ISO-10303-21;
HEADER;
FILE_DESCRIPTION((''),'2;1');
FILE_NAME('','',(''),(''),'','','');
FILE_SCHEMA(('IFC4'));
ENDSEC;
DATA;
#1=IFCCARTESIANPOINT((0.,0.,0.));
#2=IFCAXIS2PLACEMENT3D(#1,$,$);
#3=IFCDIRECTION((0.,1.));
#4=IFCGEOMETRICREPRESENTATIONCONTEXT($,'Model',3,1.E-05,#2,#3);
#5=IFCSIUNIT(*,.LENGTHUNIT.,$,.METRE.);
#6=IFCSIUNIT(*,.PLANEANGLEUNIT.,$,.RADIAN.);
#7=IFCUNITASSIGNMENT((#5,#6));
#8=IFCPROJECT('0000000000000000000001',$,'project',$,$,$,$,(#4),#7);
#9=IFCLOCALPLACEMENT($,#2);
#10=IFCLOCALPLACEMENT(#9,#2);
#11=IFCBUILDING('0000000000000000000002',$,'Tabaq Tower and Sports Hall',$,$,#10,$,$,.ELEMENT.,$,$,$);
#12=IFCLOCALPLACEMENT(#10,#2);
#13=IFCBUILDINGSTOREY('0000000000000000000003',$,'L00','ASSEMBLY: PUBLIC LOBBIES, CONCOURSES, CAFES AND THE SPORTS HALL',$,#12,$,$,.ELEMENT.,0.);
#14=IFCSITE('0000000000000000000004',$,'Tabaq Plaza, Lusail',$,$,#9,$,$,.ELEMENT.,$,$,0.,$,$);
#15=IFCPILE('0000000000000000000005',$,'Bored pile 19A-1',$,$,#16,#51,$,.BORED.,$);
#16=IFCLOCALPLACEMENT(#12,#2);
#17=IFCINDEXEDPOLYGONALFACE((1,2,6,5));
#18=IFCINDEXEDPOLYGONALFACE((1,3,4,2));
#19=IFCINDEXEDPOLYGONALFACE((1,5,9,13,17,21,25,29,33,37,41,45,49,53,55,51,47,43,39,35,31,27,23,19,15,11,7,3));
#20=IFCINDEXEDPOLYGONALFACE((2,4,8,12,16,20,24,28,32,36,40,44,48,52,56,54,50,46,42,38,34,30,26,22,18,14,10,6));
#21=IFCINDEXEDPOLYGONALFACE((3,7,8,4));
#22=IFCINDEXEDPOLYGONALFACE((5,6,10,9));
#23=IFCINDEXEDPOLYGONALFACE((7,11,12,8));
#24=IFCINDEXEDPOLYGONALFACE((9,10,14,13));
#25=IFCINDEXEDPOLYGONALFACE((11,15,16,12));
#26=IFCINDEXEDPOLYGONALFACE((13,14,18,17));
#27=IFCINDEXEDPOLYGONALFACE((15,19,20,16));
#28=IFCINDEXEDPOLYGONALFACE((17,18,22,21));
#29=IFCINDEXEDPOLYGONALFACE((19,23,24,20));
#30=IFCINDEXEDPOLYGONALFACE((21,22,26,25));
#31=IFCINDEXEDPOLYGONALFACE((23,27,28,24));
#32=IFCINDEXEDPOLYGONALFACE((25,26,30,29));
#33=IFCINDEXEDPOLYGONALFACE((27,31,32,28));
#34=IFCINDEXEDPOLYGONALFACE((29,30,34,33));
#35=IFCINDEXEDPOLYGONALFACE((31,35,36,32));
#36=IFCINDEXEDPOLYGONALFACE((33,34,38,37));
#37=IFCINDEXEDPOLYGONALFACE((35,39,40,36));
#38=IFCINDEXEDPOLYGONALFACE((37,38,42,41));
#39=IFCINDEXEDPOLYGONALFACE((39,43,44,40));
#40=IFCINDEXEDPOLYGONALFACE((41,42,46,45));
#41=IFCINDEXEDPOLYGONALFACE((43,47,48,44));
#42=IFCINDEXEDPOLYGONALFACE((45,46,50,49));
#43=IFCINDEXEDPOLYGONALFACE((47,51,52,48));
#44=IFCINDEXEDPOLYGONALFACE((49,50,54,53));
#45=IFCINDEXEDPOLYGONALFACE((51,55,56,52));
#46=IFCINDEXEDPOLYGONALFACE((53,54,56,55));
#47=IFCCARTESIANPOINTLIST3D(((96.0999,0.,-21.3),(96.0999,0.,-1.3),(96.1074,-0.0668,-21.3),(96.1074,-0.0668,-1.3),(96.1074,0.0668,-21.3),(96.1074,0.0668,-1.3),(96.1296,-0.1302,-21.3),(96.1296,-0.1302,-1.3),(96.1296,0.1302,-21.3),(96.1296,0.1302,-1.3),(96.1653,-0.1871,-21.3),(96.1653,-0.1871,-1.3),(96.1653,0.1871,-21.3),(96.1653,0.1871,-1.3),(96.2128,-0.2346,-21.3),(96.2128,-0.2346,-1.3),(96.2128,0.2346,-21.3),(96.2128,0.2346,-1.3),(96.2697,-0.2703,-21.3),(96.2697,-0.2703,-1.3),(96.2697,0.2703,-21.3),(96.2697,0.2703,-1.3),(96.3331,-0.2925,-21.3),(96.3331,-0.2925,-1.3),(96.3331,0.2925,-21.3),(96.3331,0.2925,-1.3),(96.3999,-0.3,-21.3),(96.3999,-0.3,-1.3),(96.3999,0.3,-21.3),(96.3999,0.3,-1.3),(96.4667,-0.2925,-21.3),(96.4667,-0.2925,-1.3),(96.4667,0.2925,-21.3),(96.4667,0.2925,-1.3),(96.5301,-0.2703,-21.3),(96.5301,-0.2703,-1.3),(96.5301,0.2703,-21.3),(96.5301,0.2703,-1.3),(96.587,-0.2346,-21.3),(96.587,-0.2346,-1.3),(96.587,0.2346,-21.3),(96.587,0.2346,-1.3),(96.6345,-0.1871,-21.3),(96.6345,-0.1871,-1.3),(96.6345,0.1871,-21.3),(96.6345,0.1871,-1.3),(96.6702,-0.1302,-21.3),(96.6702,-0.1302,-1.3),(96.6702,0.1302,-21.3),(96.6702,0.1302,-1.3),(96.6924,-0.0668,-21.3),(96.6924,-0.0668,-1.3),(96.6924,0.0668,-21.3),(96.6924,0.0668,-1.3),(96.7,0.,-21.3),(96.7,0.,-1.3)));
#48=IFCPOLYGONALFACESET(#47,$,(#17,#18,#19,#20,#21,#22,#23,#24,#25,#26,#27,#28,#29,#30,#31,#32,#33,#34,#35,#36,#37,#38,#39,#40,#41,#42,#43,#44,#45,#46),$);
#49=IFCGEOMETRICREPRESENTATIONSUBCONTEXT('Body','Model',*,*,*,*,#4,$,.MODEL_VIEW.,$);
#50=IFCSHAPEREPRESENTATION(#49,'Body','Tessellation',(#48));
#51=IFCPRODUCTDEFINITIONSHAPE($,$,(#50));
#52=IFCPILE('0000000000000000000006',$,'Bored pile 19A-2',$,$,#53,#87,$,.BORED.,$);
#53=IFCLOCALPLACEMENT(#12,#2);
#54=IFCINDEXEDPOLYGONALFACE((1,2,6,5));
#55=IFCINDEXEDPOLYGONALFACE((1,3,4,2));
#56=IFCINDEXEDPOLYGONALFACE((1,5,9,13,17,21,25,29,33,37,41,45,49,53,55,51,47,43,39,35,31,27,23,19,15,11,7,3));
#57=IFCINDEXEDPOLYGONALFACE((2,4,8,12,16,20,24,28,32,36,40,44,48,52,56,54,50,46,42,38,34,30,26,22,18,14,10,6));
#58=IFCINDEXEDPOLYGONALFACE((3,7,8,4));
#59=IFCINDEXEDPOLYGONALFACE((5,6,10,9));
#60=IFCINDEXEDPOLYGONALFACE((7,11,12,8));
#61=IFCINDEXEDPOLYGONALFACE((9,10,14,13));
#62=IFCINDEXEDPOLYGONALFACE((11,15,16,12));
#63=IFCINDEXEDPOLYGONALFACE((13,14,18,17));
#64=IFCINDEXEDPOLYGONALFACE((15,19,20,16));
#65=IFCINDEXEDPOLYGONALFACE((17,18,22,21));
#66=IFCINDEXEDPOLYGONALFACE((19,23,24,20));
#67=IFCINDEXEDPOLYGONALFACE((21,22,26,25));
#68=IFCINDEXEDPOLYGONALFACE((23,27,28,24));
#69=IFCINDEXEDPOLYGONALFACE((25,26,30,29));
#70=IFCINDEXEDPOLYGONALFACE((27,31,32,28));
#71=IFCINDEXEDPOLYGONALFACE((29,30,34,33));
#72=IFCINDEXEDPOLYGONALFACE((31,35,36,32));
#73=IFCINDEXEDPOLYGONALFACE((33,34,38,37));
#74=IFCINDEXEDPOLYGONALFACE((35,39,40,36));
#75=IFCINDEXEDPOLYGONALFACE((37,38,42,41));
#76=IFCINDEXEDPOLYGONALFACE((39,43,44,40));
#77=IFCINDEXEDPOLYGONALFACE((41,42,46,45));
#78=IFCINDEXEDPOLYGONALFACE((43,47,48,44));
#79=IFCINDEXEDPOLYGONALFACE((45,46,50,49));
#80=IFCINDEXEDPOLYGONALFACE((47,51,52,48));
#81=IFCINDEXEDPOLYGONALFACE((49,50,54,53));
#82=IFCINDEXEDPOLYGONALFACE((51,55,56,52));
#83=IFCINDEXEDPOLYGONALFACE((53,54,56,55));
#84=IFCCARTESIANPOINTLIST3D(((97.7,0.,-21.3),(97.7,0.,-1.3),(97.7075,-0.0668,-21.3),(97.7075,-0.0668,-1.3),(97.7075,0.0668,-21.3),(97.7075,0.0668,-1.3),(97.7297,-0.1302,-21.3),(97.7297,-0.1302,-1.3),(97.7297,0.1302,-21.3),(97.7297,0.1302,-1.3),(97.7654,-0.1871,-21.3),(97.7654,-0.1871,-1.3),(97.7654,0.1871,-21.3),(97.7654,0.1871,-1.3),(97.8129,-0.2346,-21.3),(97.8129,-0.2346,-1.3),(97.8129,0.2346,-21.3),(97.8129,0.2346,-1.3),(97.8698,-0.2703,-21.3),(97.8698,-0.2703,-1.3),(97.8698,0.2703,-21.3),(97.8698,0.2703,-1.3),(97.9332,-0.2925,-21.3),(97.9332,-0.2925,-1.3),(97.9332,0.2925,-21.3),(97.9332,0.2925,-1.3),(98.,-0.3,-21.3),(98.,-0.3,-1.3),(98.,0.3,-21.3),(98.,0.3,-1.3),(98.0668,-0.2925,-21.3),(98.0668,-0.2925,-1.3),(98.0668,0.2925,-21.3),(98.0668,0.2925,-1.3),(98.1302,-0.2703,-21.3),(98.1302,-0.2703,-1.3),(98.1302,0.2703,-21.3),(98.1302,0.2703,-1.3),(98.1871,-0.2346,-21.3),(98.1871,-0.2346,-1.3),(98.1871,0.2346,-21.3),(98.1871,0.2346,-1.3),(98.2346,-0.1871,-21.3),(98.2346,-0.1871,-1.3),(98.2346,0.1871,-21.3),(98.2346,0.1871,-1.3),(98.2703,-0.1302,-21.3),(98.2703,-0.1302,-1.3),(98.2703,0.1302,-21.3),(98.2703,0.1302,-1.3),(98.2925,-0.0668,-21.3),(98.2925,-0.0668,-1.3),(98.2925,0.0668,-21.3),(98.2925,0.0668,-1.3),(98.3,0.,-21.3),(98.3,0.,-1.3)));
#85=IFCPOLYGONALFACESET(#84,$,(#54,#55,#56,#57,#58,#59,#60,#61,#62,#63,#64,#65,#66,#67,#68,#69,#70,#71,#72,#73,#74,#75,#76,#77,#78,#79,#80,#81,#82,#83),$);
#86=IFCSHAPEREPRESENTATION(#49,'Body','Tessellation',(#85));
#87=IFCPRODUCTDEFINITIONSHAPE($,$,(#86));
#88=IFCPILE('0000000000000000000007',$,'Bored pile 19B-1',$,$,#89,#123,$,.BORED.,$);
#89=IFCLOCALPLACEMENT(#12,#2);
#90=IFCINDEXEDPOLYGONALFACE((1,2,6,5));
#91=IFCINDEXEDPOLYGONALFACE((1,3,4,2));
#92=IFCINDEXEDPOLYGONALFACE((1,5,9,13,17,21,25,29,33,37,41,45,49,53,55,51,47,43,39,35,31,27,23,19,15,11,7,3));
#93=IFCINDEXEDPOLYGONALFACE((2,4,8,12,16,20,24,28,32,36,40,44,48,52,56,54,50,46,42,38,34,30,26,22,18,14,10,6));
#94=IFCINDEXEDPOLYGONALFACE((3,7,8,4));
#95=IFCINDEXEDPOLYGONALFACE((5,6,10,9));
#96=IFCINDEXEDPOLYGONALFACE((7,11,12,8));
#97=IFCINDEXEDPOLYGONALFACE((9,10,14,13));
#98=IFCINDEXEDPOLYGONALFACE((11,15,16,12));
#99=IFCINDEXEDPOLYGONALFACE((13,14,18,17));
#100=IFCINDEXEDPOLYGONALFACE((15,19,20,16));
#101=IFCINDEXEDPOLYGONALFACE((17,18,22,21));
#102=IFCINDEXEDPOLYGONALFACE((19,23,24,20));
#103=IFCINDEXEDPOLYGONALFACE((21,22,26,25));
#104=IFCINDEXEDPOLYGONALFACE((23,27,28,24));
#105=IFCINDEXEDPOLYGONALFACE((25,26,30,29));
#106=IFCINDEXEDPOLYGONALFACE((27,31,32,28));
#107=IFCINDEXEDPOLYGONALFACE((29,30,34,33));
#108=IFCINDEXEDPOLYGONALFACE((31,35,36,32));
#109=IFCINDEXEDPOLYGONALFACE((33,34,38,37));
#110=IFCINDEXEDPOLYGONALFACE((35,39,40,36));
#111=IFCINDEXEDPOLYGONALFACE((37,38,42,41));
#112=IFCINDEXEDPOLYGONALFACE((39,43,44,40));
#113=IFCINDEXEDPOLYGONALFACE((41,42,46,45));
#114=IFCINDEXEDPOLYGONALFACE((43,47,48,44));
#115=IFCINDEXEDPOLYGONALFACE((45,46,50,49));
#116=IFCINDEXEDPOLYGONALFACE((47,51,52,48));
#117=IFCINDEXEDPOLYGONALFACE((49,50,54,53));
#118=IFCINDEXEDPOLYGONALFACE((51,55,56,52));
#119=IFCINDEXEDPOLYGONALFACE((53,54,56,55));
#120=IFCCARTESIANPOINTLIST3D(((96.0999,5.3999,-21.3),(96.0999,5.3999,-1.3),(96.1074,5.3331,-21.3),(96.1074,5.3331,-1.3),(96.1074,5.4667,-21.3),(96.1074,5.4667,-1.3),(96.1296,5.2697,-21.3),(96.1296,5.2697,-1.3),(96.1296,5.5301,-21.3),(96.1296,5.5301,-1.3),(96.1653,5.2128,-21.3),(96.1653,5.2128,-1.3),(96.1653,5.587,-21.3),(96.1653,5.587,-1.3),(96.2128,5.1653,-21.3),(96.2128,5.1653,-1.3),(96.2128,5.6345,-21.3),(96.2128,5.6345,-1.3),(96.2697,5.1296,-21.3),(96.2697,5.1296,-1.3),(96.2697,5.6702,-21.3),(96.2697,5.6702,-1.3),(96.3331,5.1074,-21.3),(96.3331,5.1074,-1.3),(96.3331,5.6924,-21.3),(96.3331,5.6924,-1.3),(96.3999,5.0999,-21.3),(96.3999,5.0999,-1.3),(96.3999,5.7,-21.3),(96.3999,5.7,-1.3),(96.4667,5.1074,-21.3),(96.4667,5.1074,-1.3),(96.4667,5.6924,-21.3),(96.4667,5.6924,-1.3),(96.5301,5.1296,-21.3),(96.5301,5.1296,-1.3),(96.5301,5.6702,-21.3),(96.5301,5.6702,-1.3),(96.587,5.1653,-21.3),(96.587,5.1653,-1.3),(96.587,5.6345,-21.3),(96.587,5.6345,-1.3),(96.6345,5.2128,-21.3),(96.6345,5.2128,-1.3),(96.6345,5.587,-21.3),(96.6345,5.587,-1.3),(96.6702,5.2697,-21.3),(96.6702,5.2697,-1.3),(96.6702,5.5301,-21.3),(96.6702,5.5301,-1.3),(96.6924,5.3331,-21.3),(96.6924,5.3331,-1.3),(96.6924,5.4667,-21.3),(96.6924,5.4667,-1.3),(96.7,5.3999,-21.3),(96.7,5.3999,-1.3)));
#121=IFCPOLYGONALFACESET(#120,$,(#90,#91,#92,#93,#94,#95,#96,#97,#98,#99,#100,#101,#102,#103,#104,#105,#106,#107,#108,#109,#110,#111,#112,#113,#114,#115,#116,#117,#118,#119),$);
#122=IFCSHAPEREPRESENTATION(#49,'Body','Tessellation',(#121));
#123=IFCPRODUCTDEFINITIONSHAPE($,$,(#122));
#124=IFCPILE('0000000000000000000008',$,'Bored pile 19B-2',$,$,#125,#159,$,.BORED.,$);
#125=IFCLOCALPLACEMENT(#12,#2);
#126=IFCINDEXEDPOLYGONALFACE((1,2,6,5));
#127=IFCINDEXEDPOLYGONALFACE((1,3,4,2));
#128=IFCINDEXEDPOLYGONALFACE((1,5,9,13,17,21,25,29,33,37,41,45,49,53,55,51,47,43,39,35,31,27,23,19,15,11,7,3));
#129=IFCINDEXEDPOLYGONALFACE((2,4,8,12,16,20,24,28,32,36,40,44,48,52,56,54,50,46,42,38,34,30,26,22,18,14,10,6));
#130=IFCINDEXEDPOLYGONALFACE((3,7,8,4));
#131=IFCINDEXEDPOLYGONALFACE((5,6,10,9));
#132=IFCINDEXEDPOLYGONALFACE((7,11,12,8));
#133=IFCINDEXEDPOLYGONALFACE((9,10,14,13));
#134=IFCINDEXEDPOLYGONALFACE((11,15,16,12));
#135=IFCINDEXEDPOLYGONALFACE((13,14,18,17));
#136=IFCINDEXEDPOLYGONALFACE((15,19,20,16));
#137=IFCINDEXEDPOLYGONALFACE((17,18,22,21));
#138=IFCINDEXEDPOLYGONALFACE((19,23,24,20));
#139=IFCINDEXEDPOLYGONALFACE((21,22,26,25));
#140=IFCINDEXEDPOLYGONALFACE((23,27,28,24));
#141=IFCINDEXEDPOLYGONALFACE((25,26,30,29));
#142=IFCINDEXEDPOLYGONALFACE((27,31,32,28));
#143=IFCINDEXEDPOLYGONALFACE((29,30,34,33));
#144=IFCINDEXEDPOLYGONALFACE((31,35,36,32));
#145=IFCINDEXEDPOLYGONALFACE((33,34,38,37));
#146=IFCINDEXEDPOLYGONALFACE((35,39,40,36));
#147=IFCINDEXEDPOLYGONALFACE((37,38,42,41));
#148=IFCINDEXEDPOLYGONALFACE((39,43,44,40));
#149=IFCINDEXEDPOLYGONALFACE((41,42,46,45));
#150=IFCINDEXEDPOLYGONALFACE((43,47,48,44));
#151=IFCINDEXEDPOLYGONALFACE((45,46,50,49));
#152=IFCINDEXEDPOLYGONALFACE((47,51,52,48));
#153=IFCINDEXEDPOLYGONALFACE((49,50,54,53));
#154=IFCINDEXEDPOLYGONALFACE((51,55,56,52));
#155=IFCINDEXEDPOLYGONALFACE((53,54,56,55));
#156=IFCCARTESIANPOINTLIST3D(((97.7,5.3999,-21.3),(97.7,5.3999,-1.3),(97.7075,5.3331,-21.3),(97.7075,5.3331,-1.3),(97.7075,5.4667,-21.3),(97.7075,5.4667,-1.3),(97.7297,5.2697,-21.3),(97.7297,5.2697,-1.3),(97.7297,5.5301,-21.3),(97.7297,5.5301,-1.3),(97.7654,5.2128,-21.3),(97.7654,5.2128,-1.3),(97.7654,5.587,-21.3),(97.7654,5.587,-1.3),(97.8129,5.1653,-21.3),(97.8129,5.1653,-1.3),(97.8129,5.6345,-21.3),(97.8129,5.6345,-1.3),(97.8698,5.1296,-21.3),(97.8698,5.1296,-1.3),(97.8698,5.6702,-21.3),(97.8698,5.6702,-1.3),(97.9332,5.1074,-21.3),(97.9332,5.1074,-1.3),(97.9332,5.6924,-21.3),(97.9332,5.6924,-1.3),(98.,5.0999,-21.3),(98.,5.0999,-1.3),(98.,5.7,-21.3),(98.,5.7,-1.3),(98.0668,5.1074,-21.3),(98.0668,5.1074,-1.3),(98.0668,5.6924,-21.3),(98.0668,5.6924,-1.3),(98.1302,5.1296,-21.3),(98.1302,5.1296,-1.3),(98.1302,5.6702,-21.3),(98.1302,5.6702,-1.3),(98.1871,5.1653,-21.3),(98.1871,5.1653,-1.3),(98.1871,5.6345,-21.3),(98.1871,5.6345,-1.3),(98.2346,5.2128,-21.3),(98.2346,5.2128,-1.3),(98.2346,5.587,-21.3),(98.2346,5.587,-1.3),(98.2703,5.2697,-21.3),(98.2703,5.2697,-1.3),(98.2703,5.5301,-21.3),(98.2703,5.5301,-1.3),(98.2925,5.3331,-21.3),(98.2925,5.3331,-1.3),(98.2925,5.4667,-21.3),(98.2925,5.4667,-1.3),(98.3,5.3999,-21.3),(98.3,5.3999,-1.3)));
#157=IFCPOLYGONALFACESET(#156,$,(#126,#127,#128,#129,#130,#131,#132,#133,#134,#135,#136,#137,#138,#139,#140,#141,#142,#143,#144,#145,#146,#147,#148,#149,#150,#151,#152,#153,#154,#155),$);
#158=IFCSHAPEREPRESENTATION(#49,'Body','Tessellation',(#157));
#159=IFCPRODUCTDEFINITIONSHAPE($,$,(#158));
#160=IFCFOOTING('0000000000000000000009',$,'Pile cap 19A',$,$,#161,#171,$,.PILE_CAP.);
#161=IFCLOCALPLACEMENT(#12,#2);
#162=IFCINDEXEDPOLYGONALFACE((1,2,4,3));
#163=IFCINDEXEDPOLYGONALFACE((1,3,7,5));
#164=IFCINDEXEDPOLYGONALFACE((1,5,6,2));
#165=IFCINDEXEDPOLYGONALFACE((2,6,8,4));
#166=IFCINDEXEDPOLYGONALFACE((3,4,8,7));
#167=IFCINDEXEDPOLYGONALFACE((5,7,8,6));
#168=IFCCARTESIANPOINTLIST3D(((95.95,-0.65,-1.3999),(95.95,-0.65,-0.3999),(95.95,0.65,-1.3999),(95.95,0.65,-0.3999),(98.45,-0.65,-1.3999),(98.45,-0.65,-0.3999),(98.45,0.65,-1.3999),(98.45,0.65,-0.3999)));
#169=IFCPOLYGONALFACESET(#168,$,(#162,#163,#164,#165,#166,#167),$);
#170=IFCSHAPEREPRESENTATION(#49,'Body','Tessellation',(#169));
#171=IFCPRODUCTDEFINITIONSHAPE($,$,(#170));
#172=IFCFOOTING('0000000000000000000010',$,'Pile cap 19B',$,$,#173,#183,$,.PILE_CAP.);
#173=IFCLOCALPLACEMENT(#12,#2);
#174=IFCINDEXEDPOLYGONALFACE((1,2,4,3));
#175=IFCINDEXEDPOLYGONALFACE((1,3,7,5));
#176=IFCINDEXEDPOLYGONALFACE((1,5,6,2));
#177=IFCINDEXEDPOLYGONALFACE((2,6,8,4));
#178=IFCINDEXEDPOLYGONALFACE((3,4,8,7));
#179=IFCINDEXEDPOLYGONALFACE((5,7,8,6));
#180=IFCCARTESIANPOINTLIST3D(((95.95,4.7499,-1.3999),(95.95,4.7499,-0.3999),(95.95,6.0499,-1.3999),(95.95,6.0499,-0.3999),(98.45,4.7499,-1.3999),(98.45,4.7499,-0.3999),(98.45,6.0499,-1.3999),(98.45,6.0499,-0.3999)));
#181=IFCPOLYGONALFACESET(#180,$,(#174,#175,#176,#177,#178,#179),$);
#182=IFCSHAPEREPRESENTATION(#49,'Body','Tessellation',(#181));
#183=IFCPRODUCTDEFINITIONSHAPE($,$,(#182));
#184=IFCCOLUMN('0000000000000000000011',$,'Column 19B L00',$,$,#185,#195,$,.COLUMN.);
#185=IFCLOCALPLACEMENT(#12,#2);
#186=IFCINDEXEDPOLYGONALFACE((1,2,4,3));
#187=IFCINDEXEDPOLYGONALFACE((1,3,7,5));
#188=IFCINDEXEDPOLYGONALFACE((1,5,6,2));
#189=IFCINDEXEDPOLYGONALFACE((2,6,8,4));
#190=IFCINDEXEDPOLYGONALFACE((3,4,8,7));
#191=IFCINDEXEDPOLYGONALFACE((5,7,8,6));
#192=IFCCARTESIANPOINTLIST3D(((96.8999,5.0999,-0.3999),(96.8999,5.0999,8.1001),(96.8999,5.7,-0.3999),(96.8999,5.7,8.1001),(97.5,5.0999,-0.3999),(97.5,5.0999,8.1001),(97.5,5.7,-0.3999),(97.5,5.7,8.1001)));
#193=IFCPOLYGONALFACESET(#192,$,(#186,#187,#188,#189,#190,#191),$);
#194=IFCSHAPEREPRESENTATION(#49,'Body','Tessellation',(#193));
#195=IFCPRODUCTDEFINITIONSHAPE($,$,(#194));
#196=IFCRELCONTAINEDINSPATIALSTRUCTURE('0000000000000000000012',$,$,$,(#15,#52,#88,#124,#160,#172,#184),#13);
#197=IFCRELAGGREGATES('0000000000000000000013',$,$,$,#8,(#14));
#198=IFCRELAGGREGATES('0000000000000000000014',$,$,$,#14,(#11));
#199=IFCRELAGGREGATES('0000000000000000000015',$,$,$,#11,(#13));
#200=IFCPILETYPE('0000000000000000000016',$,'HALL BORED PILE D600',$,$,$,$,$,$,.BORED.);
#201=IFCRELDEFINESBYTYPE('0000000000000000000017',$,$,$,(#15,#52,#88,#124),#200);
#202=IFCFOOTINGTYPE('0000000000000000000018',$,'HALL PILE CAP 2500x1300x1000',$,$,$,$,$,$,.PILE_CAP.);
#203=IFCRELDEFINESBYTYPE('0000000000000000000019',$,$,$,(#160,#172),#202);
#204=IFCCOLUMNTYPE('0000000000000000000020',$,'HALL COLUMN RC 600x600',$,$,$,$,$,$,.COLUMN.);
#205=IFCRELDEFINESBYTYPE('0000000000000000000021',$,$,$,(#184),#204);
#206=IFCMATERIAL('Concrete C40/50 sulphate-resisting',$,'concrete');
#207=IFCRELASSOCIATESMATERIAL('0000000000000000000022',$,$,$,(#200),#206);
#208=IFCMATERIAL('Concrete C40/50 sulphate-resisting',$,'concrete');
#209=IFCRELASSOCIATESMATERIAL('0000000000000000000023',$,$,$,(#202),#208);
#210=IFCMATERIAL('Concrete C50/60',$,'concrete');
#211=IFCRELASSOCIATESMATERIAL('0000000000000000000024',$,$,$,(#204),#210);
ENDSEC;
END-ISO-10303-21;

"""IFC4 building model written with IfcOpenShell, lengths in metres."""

from ifc_helpers import new_model, si_unit, direction, frame, origin, origin_2d, place, context, subcontext, project, spatial, rectangle, circle, extrude, material, material_profile, profile_set, type_object, element, save


model = new_model("IFC4")

# Units and contexts
model_context = context("Model", 3, precision=1e-05, world=origin(), true_north=direction((0.0, 1.0)))
body_context = subcontext(model_context, "Body", "Model", "MODEL_VIEW")
ifc_project = project(units=[si_unit("LENGTHUNIT", "METRE"), si_unit("PLANEANGLEUNIT", "RADIAN")], contexts=[model_context])

# Site, building, storey
site_placement = place(None, origin())
site = spatial("IfcSite", under=ifc_project, at=site_placement, Name="Tabaq Plaza, Lusail", CompositionType="ELEMENT", RefElevation=0.0)
building_placement = place(site_placement, origin())
building = spatial("IfcBuilding", under=site, at=building_placement, Name="Tabaq Tower and Sports Hall", CompositionType="ELEMENT")
storey_placement = place(building_placement, origin())
storey = spatial("IfcBuildingStorey", under=building, at=storey_placement, Name="L00", Description="ASSEMBLY: PUBLIC LOBBIES, CONCOURSES, CAFES AND THE SPORTS HALL", CompositionType="ELEMENT", Elevation=0.0)

# Piles
ifc_material_1 = material(Name="Concrete C40/50 sulphate-resisting", Category="concrete")
ifc_material_profile_1 = material_profile(ifc_material_1, circle(Radius=0.3, at=origin_2d()), Name="D600")
ifc_profile_set_1 = profile_set([ifc_material_profile_1], Name="Concrete C40/50 sulphate-resisting")
pile_type = type_object("IfcPileType", Name="HALL BORED PILE D600", PredefinedType="BORED", material=ifc_profile_set_1)
for number, where, z_axis, x_axis, name in (
    (1, (96.3999, 0.0, -1.3), (0.0, 0.0, -1.0), (1.0, 0.0, 0.0), "Bored pile 19A-1"),
    (2, (98.0, 0.0, -1.3), (0.0, 0.0, -1.0), (1.0, 0.0, 0.0), "Bored pile 19A-2"),
    (3, (96.3999, 5.3999, -1.3), (0.0, 0.0, -1.0), (1.0, 0.0, 0.0), "Bored pile 19B-1"),
    (4, (98.0, 5.3999, -1.3), (0.0, 0.0, -1.0), (1.0, 0.0, 0.0), "Bored pile 19B-2"),
):
    element("IfcPile", number, at=place(storey_placement, frame(where, z_axis=z_axis, x_axis=x_axis)), inside=storey, type_object=pile_type, Name=name, PredefinedType="BORED", context=body_context, shape_type="SweptSolid", body=[
        extrude(circle(Radius=0.3, at=origin_2d()), origin(), (0.0, 0.0, 1.0), 20.0),
    ])

# Footings
ifc_material_2 = material(Name="Concrete C40/50 sulphate-resisting", Category="concrete")
footing_type = type_object("IfcFootingType", Name="HALL PILE CAP 2500x1300x1000", PredefinedType="PILE_CAP", material=ifc_material_2)
for number, where, z_axis, x_axis, name in (
    (5, (97.2, 0.0, -1.3999), (0.0, 0.0, 1.0), (1.0, 0.0, 0.0), "Pile cap 19A"),
    (6, (97.2, 5.3999, -1.3999), (0.0, 0.0, 1.0), (1.0, 0.0, 0.0), "Pile cap 19B"),
):
    element("IfcFooting", number, at=place(storey_placement, frame(where, z_axis=z_axis, x_axis=x_axis)), inside=storey, type_object=footing_type, Name=name, PredefinedType="PILE_CAP", context=body_context, shape_type="SweptSolid", body=[
        extrude(rectangle(XDim=2.5, YDim=1.3, at=origin_2d()), origin(), (0.0, 0.0, 1.0), 1.0),
    ])

# Column
ifc_material_3 = material(Name="Concrete C50/60", Category="concrete")
ifc_material_profile_2 = material_profile(ifc_material_3, rectangle(XDim=0.6001, YDim=0.6001, at=origin_2d()), Name="RC 600x600")
ifc_profile_set_2 = profile_set([ifc_material_profile_2], Name="Concrete C50/60")
column_type_1 = type_object("IfcColumnType", Name="HALL COLUMN RC 600x600", PredefinedType="COLUMN", material=ifc_profile_set_2)
column_placement = place(storey_placement, frame((97.2, 5.3999, -0.3999), z_axis=(0.0, 0.0, 1.0), x_axis=(1.0, 0.0, 0.0)))
element("IfcColumn", 7, at=column_placement, inside=storey, type_object=column_type_1, Name="Column 19B L00", PredefinedType="COLUMN", context=body_context, shape_type="SweptSolid", body=[
    extrude(rectangle(XDim=0.6001, YDim=0.6001, at=origin_2d()), origin(), (0.0, 0.0, 1.0), 8.5),
])

save(model, "model.ifc")
